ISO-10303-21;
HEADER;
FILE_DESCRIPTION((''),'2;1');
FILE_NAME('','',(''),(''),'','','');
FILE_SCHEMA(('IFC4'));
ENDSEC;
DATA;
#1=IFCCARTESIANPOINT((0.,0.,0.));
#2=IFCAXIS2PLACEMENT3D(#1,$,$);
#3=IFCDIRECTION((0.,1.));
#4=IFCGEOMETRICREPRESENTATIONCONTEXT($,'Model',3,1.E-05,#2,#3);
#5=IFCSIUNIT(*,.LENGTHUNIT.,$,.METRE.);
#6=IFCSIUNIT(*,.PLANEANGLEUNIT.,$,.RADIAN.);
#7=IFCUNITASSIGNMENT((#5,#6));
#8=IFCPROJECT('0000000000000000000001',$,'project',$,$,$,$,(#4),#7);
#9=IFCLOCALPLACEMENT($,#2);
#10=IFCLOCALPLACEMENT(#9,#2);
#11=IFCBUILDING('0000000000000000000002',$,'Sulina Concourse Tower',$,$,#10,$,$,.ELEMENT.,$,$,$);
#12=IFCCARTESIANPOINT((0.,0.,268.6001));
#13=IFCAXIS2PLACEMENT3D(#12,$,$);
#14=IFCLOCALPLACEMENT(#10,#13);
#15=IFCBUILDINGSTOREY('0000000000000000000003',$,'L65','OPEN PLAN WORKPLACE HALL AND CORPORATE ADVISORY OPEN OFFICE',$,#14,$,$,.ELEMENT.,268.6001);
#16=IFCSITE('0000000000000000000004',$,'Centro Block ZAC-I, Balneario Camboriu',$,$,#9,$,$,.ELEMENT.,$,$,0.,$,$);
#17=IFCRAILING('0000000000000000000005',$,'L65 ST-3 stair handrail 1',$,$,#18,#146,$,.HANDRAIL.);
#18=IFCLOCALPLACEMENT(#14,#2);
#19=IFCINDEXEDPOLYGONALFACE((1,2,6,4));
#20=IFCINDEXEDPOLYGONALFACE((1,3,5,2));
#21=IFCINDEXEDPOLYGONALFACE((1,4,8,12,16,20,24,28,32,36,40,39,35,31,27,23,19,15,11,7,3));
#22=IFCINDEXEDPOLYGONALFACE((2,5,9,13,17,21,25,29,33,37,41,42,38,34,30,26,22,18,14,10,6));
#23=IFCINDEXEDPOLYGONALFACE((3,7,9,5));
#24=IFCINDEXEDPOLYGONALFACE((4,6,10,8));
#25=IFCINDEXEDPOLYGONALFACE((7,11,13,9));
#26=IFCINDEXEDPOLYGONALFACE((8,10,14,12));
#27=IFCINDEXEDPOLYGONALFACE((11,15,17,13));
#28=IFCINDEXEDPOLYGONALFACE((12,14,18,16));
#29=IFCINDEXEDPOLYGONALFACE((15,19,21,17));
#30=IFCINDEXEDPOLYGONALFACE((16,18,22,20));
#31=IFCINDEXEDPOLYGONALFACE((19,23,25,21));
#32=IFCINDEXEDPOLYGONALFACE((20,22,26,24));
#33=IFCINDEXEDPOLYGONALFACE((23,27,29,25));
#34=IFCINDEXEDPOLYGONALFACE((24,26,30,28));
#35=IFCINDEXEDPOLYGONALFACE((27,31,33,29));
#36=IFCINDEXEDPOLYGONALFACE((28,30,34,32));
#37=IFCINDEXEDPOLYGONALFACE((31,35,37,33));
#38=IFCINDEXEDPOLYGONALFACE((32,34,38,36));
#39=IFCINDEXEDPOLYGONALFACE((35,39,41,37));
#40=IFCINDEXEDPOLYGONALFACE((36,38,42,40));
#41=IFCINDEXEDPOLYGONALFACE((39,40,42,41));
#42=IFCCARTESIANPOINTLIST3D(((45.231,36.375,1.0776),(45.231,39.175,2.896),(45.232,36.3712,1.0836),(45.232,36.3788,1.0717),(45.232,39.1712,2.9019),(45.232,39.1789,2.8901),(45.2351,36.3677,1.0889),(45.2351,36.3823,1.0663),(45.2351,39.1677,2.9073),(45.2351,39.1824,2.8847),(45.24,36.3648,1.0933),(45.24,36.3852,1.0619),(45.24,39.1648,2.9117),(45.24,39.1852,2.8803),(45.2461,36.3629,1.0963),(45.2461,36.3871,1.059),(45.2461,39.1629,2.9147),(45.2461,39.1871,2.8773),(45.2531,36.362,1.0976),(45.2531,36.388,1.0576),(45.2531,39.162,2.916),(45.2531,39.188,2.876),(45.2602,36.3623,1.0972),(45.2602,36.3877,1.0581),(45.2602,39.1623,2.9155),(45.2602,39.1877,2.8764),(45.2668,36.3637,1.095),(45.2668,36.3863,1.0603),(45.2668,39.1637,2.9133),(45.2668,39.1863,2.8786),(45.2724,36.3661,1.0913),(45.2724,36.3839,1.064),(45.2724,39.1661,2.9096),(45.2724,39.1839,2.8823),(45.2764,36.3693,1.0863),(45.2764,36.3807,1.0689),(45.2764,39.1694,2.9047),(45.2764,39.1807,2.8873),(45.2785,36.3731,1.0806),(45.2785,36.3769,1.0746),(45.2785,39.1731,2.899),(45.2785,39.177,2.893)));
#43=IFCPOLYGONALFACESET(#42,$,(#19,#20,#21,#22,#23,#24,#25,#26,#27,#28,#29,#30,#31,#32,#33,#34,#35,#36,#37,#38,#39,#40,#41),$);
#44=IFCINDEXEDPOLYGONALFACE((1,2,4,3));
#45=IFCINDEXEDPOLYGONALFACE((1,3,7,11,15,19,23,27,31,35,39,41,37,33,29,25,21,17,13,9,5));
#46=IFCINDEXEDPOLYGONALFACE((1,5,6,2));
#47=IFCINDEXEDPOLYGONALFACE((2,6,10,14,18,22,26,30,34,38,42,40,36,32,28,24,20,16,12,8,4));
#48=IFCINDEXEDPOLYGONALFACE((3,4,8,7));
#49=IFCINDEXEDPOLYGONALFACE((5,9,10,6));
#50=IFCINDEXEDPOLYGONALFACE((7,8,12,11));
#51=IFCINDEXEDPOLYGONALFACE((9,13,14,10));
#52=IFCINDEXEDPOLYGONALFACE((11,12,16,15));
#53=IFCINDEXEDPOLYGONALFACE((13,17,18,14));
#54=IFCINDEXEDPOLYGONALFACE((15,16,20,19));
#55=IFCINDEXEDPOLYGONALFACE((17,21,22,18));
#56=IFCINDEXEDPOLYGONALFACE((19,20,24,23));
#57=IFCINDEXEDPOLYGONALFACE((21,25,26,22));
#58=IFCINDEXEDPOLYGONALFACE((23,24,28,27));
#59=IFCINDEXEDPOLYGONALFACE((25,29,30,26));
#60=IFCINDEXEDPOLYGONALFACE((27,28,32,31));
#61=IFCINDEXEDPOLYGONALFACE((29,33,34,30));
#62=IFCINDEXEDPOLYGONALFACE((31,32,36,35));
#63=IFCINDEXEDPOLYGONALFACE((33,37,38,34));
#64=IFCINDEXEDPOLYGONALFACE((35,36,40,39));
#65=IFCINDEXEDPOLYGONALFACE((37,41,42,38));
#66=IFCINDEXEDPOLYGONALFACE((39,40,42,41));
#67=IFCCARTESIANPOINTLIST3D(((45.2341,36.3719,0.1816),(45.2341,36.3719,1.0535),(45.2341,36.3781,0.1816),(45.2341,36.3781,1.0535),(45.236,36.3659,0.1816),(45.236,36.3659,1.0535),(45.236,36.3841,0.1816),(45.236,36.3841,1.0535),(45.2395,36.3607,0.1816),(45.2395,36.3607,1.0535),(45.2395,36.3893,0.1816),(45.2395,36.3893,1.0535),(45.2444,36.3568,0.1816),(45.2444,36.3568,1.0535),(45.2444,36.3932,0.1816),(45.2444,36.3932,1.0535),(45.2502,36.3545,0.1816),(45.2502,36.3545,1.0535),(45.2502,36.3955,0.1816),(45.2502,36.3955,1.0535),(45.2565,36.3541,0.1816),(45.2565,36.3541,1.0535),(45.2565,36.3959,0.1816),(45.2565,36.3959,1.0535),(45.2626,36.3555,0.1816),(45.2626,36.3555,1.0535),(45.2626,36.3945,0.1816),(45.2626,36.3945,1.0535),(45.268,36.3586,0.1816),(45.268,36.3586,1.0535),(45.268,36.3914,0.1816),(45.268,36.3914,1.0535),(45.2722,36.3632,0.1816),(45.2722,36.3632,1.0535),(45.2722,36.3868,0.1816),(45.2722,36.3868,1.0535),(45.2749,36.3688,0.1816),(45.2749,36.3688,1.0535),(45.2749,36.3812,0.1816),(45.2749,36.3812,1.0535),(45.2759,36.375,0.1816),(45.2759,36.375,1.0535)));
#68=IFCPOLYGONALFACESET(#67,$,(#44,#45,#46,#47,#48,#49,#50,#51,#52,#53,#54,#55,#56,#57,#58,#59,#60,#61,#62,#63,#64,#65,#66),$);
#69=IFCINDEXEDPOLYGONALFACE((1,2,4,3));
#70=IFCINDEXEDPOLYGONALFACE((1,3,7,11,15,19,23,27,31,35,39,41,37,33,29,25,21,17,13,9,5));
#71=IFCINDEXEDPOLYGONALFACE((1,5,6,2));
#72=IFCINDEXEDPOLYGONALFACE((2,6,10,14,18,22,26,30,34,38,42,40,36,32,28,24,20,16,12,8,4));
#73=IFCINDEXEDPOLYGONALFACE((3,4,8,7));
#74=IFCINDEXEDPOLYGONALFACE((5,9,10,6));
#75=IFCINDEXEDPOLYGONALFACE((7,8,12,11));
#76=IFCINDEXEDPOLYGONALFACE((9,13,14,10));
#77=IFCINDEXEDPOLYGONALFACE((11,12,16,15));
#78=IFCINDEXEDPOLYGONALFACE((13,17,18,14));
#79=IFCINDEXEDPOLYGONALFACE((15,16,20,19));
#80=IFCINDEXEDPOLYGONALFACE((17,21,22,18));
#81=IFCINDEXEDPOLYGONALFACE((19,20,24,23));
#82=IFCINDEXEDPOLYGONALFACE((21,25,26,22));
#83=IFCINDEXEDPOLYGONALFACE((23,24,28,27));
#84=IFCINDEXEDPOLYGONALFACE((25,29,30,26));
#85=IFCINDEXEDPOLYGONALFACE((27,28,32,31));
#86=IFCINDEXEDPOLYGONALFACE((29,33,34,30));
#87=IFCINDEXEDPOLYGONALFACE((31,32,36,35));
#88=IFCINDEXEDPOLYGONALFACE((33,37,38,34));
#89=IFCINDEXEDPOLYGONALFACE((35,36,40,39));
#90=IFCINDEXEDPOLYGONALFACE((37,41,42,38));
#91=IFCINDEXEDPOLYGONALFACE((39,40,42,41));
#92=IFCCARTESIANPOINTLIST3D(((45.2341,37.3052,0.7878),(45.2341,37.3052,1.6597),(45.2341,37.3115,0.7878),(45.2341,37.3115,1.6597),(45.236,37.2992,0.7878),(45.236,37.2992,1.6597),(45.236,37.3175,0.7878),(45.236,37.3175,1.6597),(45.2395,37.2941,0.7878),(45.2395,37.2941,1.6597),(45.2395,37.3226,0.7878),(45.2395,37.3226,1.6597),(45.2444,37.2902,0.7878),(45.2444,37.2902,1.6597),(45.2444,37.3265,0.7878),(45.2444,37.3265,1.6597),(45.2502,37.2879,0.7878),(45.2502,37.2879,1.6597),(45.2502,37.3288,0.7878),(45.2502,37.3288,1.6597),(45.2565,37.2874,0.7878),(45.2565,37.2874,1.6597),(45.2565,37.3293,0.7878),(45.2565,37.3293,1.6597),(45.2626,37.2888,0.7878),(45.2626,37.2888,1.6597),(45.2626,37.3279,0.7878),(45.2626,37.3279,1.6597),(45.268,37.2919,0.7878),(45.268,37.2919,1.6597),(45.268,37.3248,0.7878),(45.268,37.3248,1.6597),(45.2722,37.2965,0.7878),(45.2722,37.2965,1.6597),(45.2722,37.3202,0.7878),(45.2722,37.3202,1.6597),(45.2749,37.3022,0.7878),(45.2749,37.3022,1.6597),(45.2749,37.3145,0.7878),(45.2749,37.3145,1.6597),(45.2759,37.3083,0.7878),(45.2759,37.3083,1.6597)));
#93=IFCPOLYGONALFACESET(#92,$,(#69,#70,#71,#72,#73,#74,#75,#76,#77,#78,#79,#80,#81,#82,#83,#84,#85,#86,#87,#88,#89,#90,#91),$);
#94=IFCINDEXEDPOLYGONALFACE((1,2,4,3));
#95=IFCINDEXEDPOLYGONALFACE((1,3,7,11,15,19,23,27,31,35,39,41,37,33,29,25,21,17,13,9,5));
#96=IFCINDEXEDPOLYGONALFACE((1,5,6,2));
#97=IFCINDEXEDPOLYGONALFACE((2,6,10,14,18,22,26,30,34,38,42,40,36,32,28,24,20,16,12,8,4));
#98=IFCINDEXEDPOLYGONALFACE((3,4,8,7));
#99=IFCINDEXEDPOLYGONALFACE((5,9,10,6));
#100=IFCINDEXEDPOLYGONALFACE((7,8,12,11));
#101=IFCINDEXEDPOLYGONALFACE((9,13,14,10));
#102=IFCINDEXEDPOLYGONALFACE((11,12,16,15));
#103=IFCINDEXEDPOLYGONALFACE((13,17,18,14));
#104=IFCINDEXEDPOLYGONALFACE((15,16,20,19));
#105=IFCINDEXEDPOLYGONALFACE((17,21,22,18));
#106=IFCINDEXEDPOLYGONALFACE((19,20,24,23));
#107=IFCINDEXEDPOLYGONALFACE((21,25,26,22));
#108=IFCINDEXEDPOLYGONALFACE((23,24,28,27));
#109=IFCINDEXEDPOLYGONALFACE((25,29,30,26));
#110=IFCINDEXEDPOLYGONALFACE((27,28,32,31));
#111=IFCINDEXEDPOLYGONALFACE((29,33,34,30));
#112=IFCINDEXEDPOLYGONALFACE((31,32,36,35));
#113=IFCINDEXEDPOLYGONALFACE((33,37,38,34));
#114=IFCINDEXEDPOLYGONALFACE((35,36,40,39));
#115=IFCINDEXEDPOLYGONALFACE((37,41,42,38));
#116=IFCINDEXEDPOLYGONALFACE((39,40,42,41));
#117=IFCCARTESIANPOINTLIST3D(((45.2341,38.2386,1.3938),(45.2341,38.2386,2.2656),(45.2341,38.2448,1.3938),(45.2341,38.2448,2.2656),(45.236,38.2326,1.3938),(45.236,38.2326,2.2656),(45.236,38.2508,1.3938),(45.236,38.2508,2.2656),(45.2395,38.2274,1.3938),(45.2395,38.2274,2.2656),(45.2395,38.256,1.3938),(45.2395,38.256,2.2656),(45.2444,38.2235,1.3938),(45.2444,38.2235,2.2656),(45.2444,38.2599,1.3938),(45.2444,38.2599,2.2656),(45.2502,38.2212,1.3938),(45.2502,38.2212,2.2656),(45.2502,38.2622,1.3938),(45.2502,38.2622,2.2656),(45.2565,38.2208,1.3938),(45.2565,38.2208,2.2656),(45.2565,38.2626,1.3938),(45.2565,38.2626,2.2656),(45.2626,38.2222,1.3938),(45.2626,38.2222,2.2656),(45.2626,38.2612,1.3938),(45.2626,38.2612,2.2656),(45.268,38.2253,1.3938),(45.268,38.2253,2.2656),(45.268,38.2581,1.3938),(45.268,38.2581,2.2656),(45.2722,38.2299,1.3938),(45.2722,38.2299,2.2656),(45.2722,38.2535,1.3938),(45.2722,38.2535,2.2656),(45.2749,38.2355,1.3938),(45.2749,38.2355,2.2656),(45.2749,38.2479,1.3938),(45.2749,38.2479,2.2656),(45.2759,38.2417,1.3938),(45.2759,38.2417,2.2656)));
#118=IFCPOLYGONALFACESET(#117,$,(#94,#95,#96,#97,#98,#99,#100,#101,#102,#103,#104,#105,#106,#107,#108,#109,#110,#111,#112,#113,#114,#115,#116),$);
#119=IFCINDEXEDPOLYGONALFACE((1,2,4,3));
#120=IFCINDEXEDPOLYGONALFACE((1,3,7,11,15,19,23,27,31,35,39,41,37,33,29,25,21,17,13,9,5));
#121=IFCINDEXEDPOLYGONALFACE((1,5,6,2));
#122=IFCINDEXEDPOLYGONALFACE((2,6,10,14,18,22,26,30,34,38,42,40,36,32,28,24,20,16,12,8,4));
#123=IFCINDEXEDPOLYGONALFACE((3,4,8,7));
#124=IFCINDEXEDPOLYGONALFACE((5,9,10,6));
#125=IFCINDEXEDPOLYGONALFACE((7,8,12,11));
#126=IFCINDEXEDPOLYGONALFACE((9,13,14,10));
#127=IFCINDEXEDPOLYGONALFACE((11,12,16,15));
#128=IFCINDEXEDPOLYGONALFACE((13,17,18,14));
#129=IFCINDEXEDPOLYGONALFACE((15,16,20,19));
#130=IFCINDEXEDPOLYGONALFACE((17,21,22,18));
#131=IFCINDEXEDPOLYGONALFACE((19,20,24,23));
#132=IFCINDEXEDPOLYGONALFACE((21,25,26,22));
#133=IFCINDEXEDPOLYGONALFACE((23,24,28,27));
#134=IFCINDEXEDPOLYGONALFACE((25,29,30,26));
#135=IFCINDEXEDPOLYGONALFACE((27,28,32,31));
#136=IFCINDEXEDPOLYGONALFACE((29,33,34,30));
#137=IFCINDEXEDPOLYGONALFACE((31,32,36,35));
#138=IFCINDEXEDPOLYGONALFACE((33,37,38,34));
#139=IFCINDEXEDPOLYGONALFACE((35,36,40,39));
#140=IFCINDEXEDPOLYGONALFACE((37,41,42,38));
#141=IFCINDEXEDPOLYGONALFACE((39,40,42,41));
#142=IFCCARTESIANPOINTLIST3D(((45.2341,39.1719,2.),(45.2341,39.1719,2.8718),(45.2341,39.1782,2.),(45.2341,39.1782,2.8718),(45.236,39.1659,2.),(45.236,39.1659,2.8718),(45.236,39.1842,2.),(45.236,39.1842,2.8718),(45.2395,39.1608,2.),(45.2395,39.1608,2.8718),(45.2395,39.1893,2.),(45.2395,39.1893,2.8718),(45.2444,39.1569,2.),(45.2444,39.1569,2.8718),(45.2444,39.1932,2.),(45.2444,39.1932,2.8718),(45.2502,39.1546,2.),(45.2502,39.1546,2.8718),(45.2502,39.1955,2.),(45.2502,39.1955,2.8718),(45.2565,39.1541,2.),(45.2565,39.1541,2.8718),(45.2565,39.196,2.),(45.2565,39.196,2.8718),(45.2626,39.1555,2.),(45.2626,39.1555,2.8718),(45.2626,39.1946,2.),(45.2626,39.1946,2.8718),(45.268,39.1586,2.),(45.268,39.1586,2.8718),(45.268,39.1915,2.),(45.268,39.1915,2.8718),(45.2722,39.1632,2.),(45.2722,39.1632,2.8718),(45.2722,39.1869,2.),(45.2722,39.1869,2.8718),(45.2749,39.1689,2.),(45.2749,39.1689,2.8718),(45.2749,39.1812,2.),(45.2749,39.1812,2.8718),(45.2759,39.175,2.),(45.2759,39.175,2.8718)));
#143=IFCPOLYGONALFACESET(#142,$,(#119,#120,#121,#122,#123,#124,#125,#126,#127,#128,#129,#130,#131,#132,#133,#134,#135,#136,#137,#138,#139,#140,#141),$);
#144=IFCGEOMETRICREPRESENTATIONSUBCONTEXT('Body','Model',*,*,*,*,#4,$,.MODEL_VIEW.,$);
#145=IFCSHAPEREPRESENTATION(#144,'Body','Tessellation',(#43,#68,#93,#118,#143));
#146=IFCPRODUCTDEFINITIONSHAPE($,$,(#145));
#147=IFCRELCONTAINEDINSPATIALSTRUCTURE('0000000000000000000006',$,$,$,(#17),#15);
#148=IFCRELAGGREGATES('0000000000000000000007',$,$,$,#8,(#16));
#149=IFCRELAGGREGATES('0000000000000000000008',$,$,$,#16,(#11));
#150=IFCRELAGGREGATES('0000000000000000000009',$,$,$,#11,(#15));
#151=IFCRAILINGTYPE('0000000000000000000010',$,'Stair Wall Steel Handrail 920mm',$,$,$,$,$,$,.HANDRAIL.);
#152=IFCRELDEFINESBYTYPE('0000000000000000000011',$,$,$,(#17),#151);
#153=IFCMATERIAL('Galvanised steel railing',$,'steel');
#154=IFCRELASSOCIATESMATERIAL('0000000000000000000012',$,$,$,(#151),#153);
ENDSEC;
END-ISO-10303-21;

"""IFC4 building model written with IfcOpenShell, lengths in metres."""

from ifc_helpers import new_model, si_unit, direction, frame, origin, origin_2d, place, context, subcontext, project, spatial, circle, extrude, material, type_object, element, save


model = new_model("IFC4")

# Units and contexts
model_context = context("Model", 3, precision=1e-05, world=origin(), true_north=direction((0.0, 1.0)))
body_context = subcontext(model_context, "Body", "Model", "MODEL_VIEW")
ifc_project = project(units=[si_unit("LENGTHUNIT", "METRE"), si_unit("PLANEANGLEUNIT", "RADIAN")], contexts=[model_context])

# Site, building, storey
site_placement = place(None, origin())
site = spatial("IfcSite", under=ifc_project, at=site_placement, Name="Centro Block ZAC-I, Balneario Camboriu", CompositionType="ELEMENT", RefElevation=0.0)
building_placement = place(site_placement, origin())
building = spatial("IfcBuilding", under=site, at=building_placement, Name="Sulina Concourse Tower", CompositionType="ELEMENT")
storey_placement = place(building_placement, frame((0.0, 0.0, 268.6001)))
storey = spatial("IfcBuildingStorey", under=building, at=storey_placement, Name="L65", Description="OPEN PLAN WORKPLACE HALL AND CORPORATE ADVISORY OPEN OFFICE", CompositionType="ELEMENT", Elevation=268.6001)

# Railing
ifc_material_1 = material(Name="Galvanised steel railing", Category="steel")
railing_type_1 = type_object("IfcRailingType", Name="Stair Wall Steel Handrail 920mm", PredefinedType="HANDRAIL", material=ifc_material_1)
for number, where, name in (
    (1, (45.2549, 36.375, 0.1816), "L65 ST-3 stair handrail 1"),
):
    element("IfcRailing", number, at=place(storey_placement, frame(where)), inside=storey, type_object=railing_type_1, Name=name, PredefinedType="HANDRAIL", context=body_context, shape_type="SweptSolid", body=[
        extrude(circle(Radius=0.0239, at=origin_2d()), frame((0.0, 0.0, 0.896), z_axis=(0.0, 0.838672, 0.544636), x_axis=(-1.0, 0.0, 0.0)), (0.0, 0.0, 1.0), 3.3386),
        extrude(circle(Radius=0.021, at=origin_2d()), origin(), (0.0, 0.0, 1.0), 0.8718),
        extrude(circle(Radius=0.021, at=origin_2d()), frame((0.0, 0.9333, 0.6062)), (0.0, 0.0, 1.0), 0.8718),
        extrude(circle(Radius=0.021, at=origin_2d()), frame((0.0, 1.8667, 1.2122)), (0.0, 0.0, 1.0), 0.8718),
        extrude(circle(Radius=0.021, at=origin_2d()), frame((0.0, 2.8, 1.8184)), (0.0, 0.0, 1.0), 0.8718),
    ])

save(model, "model.ifc")
